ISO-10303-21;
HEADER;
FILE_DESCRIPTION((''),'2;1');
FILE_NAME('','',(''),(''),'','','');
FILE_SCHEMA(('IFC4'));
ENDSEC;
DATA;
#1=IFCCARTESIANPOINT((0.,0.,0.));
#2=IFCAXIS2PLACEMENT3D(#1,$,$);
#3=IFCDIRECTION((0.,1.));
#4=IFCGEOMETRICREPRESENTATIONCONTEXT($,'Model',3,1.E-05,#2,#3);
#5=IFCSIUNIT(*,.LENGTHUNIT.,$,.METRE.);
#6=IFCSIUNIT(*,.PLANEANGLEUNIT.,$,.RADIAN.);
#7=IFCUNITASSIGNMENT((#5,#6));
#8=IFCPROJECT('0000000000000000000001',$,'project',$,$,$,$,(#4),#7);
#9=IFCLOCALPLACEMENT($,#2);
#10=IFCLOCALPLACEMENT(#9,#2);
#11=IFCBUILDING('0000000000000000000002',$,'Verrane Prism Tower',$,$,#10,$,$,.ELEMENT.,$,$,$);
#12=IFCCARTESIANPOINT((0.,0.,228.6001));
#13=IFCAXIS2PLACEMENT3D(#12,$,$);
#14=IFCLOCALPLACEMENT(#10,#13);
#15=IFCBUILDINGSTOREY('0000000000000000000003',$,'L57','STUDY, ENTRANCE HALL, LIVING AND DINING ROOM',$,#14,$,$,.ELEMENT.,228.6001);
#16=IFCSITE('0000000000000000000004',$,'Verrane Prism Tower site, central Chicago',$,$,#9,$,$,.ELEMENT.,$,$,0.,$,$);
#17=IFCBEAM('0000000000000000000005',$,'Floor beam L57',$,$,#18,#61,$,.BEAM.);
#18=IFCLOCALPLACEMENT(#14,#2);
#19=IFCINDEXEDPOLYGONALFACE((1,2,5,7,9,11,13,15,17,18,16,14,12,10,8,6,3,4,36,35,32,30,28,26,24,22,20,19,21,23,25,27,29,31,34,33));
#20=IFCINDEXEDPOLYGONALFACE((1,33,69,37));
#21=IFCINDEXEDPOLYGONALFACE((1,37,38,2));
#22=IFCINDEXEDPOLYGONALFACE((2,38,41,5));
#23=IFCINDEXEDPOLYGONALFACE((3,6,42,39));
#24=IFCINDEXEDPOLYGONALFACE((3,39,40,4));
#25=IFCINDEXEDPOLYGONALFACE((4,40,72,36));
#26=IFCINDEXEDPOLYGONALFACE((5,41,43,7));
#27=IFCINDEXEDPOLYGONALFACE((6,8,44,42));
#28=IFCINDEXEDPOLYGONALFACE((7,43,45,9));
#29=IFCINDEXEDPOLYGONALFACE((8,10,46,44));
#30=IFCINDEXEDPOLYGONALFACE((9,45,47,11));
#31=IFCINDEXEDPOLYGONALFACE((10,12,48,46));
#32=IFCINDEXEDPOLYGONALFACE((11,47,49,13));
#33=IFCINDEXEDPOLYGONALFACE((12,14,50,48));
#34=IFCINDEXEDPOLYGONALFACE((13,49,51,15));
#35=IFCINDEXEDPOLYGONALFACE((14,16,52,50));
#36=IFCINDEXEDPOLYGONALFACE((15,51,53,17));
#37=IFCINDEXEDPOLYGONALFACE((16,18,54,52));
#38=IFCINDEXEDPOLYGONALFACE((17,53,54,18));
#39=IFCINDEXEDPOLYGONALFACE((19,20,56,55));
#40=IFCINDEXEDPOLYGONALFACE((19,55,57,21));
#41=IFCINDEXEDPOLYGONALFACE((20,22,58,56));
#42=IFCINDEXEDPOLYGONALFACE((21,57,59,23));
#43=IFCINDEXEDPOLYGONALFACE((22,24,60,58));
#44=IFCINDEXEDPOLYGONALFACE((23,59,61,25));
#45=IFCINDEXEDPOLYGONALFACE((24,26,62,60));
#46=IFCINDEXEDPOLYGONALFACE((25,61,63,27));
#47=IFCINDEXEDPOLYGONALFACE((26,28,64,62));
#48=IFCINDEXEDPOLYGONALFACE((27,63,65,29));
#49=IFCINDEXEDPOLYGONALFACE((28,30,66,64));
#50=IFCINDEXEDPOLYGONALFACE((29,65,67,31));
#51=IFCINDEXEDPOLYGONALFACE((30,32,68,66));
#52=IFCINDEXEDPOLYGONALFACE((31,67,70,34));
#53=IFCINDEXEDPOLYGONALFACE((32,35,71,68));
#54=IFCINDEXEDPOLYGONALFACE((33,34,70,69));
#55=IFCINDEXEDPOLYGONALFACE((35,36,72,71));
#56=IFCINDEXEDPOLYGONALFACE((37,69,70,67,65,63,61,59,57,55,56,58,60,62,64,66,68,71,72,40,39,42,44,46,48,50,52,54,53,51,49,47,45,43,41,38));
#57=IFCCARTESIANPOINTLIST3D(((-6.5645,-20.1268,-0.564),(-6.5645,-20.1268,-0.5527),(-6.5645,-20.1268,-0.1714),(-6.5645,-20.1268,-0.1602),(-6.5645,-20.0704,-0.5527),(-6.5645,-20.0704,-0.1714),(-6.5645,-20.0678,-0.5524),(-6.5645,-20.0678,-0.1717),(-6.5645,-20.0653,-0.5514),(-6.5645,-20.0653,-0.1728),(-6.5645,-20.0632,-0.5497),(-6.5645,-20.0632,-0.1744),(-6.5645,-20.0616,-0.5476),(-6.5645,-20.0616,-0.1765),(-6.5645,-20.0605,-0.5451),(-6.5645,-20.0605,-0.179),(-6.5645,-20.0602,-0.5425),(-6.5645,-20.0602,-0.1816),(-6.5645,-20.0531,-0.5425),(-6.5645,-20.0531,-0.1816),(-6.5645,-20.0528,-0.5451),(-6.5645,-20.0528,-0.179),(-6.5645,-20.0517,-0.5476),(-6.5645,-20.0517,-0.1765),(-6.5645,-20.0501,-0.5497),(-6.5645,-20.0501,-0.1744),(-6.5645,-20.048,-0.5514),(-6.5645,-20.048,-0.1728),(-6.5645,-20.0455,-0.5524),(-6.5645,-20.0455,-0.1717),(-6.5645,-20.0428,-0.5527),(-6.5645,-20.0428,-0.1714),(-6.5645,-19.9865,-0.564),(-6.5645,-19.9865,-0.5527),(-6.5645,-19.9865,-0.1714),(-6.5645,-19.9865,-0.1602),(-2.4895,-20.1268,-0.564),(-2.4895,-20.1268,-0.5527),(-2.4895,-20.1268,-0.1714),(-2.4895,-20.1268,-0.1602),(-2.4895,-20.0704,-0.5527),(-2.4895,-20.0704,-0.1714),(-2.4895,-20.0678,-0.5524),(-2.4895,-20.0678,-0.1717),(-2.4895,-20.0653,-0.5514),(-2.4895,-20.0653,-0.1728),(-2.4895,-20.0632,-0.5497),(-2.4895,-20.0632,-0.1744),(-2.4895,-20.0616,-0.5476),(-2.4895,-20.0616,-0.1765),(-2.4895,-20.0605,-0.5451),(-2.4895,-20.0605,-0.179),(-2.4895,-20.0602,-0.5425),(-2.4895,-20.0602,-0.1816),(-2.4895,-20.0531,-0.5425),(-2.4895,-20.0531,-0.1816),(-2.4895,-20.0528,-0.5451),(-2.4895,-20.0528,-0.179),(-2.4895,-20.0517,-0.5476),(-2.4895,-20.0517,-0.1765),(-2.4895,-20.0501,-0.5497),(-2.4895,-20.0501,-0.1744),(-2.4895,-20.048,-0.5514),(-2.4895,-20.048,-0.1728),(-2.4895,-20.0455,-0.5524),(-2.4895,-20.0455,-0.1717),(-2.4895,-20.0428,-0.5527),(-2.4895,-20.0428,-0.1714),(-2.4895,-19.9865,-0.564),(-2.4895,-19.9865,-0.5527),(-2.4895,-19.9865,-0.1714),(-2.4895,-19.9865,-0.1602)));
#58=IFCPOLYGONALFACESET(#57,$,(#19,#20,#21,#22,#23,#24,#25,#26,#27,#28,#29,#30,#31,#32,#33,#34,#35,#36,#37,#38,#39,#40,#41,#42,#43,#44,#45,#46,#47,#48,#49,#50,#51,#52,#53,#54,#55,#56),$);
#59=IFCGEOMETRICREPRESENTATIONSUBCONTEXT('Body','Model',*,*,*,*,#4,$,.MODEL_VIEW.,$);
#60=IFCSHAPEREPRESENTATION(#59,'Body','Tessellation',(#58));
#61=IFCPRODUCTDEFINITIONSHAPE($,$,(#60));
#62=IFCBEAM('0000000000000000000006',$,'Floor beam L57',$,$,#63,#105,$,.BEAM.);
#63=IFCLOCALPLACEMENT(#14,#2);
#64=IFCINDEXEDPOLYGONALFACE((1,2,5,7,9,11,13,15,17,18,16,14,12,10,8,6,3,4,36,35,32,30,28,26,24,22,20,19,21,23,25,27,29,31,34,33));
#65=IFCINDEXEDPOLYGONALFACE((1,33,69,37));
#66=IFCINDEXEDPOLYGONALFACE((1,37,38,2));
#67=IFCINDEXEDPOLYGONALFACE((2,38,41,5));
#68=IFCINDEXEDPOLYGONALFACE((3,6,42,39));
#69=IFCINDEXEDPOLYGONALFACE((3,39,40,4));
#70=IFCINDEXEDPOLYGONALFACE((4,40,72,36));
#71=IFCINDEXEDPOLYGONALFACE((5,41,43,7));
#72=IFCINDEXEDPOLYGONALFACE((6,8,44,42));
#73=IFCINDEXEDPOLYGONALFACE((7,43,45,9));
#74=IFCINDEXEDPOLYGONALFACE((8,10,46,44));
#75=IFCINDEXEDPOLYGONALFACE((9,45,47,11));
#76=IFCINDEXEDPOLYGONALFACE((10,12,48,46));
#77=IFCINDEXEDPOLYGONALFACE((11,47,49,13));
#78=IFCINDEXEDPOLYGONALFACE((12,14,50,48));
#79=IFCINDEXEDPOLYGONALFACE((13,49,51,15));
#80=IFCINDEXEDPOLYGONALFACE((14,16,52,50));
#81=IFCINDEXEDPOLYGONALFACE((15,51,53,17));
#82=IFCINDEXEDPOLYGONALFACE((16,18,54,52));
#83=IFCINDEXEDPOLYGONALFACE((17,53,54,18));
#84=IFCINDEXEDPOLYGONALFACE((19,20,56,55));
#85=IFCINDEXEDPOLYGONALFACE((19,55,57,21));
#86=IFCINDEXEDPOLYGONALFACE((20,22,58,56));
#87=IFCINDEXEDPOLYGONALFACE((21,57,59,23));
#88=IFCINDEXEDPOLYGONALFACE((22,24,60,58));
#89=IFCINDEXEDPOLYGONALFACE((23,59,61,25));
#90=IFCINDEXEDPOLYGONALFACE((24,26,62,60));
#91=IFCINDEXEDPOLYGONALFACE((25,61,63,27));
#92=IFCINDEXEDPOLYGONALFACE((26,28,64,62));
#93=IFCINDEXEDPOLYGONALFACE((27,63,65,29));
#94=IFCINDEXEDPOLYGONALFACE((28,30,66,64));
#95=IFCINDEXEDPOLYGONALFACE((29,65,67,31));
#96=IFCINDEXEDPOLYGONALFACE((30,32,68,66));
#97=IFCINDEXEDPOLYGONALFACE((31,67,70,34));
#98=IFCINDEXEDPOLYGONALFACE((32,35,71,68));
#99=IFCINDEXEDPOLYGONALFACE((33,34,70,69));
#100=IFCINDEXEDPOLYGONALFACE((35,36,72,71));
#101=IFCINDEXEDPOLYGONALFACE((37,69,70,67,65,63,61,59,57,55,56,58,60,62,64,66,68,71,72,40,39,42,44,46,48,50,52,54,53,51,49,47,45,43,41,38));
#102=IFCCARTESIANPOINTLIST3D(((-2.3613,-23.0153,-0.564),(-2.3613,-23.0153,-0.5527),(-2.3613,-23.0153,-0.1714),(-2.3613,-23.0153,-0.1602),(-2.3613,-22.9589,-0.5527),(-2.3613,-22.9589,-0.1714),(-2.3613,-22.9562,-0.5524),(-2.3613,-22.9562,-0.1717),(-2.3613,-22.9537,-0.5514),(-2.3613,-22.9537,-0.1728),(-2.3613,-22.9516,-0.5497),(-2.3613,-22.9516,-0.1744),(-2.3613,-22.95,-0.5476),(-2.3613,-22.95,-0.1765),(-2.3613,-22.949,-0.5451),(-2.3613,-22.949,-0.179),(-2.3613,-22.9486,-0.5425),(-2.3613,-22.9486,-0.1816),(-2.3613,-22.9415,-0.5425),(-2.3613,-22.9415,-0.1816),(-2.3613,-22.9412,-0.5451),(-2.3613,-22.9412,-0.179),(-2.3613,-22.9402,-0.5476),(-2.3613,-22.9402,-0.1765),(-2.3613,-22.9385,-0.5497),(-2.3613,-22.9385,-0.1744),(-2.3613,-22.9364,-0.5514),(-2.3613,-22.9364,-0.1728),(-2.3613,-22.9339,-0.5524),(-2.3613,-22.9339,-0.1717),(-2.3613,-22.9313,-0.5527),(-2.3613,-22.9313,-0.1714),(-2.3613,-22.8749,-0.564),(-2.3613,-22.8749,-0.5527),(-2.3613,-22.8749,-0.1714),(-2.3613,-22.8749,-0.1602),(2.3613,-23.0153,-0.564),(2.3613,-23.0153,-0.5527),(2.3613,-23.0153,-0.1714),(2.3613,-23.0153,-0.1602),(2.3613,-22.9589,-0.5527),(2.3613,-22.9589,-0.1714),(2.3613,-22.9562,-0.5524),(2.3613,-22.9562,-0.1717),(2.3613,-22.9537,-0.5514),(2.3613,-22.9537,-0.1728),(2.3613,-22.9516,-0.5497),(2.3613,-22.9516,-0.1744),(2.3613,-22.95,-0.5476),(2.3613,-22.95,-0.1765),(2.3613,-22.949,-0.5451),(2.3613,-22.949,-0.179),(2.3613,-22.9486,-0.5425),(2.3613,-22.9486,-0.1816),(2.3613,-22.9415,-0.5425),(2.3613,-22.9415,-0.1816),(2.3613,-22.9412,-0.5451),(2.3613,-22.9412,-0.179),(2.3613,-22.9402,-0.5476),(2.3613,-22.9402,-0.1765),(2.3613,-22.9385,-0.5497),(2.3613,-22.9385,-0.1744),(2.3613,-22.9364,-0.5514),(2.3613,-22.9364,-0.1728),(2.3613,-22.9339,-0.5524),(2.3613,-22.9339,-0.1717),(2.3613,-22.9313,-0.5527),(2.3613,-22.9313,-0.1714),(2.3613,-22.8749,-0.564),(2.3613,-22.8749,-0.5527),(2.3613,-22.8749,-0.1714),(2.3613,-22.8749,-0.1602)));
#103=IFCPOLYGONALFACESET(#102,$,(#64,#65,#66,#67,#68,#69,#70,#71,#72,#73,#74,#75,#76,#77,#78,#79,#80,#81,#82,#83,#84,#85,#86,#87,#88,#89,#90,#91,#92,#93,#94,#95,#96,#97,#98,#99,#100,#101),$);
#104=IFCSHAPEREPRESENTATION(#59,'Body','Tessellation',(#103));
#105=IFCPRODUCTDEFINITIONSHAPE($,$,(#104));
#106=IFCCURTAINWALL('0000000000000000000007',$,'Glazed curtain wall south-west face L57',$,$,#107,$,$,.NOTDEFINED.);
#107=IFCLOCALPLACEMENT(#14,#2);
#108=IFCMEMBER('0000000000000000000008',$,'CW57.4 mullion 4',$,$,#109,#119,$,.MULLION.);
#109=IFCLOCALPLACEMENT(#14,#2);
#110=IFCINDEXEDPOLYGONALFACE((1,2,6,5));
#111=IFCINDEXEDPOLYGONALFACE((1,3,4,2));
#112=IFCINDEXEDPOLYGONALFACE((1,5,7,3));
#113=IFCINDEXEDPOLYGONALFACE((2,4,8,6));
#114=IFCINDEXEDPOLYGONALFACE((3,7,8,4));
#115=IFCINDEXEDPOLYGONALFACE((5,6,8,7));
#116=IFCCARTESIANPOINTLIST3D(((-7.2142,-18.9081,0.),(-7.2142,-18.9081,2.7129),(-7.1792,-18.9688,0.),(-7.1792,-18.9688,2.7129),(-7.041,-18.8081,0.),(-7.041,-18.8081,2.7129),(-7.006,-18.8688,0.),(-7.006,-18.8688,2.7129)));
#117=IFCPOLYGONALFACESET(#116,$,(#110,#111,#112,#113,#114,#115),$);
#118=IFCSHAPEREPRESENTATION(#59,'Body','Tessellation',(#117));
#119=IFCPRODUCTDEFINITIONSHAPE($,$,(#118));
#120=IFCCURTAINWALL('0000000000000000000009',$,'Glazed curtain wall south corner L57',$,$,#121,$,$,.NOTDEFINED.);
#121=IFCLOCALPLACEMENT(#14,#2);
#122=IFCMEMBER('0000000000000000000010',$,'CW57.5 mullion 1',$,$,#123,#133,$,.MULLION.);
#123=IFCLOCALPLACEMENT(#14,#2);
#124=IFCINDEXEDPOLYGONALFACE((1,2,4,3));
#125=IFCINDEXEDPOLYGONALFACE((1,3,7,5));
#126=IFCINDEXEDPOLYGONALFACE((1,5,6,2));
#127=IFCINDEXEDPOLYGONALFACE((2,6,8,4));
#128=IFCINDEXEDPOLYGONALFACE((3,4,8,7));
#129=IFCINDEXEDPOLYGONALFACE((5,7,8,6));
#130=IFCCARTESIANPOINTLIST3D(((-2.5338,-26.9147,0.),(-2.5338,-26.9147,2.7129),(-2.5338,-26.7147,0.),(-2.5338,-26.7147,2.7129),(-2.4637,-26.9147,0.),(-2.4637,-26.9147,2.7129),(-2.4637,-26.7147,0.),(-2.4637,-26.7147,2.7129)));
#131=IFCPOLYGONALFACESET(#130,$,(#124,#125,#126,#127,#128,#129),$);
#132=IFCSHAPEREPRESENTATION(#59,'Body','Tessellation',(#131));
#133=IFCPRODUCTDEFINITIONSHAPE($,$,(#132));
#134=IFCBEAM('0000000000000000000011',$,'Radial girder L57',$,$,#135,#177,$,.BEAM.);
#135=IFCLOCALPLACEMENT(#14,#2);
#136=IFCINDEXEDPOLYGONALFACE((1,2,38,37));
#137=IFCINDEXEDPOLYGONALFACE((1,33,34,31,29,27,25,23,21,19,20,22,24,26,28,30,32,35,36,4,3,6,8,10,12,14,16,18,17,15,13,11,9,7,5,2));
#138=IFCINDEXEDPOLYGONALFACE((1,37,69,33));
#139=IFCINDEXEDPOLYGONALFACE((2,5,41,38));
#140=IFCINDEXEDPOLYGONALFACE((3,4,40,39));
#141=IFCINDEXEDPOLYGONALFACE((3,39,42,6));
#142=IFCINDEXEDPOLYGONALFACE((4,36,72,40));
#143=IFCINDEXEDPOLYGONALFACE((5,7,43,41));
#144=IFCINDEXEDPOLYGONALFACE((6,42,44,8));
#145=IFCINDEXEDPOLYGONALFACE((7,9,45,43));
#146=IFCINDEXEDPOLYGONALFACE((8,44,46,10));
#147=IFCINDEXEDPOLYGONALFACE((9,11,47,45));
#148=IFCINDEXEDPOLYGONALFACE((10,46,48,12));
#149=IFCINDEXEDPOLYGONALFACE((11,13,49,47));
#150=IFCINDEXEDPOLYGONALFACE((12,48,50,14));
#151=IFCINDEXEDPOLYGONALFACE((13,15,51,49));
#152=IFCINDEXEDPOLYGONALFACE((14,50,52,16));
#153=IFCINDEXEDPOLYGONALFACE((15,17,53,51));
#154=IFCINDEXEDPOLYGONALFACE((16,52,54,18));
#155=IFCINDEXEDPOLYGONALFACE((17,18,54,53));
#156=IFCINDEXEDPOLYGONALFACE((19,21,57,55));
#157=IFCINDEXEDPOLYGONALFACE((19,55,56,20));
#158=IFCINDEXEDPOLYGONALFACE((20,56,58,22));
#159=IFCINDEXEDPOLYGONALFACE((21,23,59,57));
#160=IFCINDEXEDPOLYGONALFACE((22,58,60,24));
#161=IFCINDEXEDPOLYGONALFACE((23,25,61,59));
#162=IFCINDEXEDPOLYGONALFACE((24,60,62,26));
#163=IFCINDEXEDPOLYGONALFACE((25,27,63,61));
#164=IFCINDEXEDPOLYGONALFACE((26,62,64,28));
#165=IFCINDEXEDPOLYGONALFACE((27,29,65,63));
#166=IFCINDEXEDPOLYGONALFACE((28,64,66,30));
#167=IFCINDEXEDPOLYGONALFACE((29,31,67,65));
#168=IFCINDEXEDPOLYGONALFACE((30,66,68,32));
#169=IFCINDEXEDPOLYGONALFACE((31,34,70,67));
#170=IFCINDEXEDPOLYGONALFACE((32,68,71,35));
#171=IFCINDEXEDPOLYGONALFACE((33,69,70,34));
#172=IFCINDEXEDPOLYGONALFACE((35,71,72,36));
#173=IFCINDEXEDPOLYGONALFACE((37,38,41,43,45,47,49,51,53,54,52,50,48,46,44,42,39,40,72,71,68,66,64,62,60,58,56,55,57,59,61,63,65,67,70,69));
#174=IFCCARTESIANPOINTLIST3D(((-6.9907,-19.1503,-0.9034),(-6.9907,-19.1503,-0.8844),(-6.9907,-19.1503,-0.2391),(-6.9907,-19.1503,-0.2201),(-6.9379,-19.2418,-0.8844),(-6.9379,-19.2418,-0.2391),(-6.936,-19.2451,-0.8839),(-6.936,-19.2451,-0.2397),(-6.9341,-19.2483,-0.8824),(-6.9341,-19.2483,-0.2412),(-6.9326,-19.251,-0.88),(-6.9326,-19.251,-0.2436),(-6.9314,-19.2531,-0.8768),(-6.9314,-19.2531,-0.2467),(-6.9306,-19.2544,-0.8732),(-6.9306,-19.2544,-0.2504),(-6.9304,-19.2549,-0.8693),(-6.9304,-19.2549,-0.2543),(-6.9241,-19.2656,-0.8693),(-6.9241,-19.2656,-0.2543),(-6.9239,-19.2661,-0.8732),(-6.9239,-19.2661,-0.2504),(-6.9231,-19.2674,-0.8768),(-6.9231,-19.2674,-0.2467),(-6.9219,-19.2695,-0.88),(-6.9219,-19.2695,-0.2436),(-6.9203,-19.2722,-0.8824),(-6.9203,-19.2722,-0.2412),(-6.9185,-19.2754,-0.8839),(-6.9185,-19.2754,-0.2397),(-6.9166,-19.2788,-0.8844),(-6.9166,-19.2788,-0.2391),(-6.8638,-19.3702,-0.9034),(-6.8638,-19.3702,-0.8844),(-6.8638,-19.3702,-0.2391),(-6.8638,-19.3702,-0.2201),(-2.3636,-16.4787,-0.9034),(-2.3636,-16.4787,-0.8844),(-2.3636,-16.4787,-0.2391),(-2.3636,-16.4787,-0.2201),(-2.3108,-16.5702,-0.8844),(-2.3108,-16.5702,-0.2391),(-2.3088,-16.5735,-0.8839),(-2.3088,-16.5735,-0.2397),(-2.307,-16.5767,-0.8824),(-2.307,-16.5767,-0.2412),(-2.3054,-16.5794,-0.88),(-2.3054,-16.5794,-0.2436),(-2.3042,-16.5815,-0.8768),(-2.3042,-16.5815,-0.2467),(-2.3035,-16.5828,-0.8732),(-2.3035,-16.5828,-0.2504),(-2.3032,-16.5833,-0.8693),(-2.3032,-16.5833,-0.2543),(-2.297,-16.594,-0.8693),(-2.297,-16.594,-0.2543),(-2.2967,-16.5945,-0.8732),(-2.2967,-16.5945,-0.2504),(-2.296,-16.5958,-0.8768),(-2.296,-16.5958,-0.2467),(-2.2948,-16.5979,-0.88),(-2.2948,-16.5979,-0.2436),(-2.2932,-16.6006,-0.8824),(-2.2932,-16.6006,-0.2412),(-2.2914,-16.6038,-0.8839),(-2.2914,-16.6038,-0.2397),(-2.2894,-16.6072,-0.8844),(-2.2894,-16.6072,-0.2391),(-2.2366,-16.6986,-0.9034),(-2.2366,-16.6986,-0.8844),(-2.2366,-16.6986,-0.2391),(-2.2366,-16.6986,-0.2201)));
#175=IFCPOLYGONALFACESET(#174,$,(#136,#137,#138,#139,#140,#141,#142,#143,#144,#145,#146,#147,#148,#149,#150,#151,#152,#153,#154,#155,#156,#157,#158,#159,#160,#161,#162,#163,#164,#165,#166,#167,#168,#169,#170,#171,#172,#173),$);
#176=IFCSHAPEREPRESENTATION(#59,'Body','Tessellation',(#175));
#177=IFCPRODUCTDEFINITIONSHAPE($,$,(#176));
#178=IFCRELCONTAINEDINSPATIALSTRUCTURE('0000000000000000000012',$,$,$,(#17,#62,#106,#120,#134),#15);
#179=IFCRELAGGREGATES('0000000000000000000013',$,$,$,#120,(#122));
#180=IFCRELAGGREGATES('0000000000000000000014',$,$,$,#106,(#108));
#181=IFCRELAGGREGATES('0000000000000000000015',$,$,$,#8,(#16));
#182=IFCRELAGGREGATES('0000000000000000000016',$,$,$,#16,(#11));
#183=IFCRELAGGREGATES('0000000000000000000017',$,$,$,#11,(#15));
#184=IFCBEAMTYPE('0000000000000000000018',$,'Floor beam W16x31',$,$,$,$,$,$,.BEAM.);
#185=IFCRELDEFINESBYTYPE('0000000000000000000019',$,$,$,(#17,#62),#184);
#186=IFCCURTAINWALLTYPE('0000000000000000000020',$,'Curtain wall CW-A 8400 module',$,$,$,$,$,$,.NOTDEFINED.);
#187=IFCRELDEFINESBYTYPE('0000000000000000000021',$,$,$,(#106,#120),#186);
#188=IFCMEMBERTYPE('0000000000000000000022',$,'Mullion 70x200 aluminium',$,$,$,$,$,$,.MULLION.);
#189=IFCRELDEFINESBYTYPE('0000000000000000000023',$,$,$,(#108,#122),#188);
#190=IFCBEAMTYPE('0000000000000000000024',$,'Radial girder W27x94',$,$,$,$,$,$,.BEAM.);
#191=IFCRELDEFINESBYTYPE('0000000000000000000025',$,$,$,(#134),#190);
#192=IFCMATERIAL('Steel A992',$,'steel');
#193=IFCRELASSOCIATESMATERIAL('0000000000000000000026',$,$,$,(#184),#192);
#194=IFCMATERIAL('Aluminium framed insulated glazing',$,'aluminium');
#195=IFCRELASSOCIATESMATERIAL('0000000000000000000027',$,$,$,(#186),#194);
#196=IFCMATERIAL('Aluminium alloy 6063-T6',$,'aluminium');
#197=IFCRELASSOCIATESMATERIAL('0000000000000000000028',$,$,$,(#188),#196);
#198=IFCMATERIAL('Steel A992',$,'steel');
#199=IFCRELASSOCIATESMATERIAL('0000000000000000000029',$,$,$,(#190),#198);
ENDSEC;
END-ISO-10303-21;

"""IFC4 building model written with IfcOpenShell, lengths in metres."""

from ifc_helpers import new_model, si_unit, direction, frame, origin, origin_2d, place, context, subcontext, project, spatial, rectangle, i_section, extrude, material, material_profile, profile_set, type_object, element, aggregate, save


model = new_model("IFC4")

# Units and contexts
model_context = context("Model", 3, precision=1e-05, world=origin(), true_north=direction((0.0, 1.0)))
body_context = subcontext(model_context, "Body", "Model", "MODEL_VIEW")
ifc_project = project(units=[si_unit("LENGTHUNIT", "METRE"), si_unit("PLANEANGLEUNIT", "RADIAN")], contexts=[model_context])

# Site, building, storey
site_placement = place(None, origin())
site = spatial("IfcSite", under=ifc_project, at=site_placement, Name="Verrane Prism Tower site, central Chicago", CompositionType="ELEMENT", RefElevation=0.0)
building_placement = place(site_placement, origin())
building = spatial("IfcBuilding", under=site, at=building_placement, Name="Verrane Prism Tower", CompositionType="ELEMENT")
storey_placement = place(building_placement, frame((0.0, 0.0, 228.6001)))
storey = spatial("IfcBuildingStorey", under=building, at=storey_placement, Name="L57", Description="STUDY, ENTRANCE HALL, LIVING AND DINING ROOM", CompositionType="ELEMENT", Elevation=228.6001)

# Beams
ifc_material_1 = material(Name="Steel A992", Category="steel")
ifc_material_profile_1 = material_profile(ifc_material_1, i_section(OverallWidth=0.1404, OverallDepth=0.4038, WebThickness=0.0071, FlangeThickness=0.0112, FilletRadius=0.0103, at=origin_2d()), Name="W16x31")
ifc_profile_set_1 = profile_set([ifc_material_profile_1], Name="Steel A992")
beam_type_1 = type_object("IfcBeamType", Name="Floor beam W16x31", PredefinedType="BEAM", material=ifc_profile_set_1)
beam_1_placement = place(storey_placement, frame((-6.5645, -20.0566, -0.3621), z_axis=(1.0, 0.0, 0.0), x_axis=(0.0, 1.0, 0.0)))
element("IfcBeam", 1, at=beam_1_placement, inside=storey, type_object=beam_type_1, Name="Floor beam L57", PredefinedType="BEAM", context=body_context, shape_type="SweptSolid", body=[
    extrude(i_section(OverallWidth=0.1404, OverallDepth=0.4038, WebThickness=0.0071, FlangeThickness=0.0112, FilletRadius=0.0103, at=origin_2d()), origin(), (0.0, 0.0, 1.0), 4.075),
])
beam_2_placement = place(storey_placement, frame((-2.3613, -22.9451, -0.3621), z_axis=(1.0, 0.0, 0.0), x_axis=(0.0, 1.0, 0.0)))
element("IfcBeam", 2, at=beam_2_placement, inside=storey, type_object=beam_type_1, Name="Floor beam L57", PredefinedType="BEAM", context=body_context, shape_type="SweptSolid", body=[
    extrude(i_section(OverallWidth=0.1404, OverallDepth=0.4038, WebThickness=0.0071, FlangeThickness=0.0112, FilletRadius=0.0103, at=origin_2d()), origin(), (0.0, 0.0, 1.0), 4.7227),
])

# Curtain walls, members
ifc_material_2 = material(Name="Aluminium framed insulated glazing", Category="aluminium")
curtain_wall_type = type_object("IfcCurtainWallType", Name="Curtain wall CW-A 8400 module", PredefinedType="NOTDEFINED", material=ifc_material_2)
curtain_wall_1_placement = place(storey_placement, origin())
curtain_wall_1 = element("IfcCurtainWall", 3, at=curtain_wall_1_placement, inside=storey, type_object=curtain_wall_type, Name="Glazed curtain wall south-west face L57", PredefinedType="NOTDEFINED")
ifc_material_3 = material(Name="Aluminium alloy 6063-T6", Category="aluminium")
ifc_material_profile_2 = material_profile(ifc_material_3, rectangle(XDim=0.2, YDim=0.0701, at=origin_2d()), Name="Mullion 70x200 aluminium")
ifc_profile_set_2 = profile_set([ifc_material_profile_2], Name="Aluminium alloy 6063-T6")
member_type_1 = type_object("IfcMemberType", Name="Mullion 70x200 aluminium", PredefinedType="MULLION", material=ifc_profile_set_2)
member_1_placement = place(storey_placement, frame((-7.1101, -18.8884, 0.0), z_axis=(0.0, 0.0, 1.0), x_axis=(0.866025, 0.5, 0.0)))
member_1 = element("IfcMember", 4, at=member_1_placement, type_object=member_type_1, Name="CW57.4 mullion 4", PredefinedType="MULLION", context=body_context, shape_type="SweptSolid", body=[
    extrude(rectangle(XDim=0.2, YDim=0.0701, at=origin_2d()), origin(), (0.0, 0.0, 1.0), 2.7129),
])
curtain_wall_2_placement = place(storey_placement, origin())
curtain_wall_2 = element("IfcCurtainWall", 5, at=curtain_wall_2_placement, inside=storey, type_object=curtain_wall_type, Name="Glazed curtain wall south corner L57", PredefinedType="NOTDEFINED")
member_2_placement = place(storey_placement, frame((-2.4988, -26.8147, 0.0), z_axis=(0.0, 0.0, 1.0), x_axis=(0.0, 1.0, 0.0)))
member_2 = element("IfcMember", 6, at=member_2_placement, type_object=member_type_1, Name="CW57.5 mullion 1", PredefinedType="MULLION", context=body_context, shape_type="SweptSolid", body=[
    extrude(rectangle(XDim=0.2, YDim=0.0701, at=origin_2d()), origin(), (0.0, 0.0, 1.0), 2.7129),
])

# Beam
ifc_material_4 = material(Name="Steel A992", Category="steel")
ifc_material_profile_3 = material_profile(ifc_material_4, i_section(OverallWidth=0.2539, OverallDepth=0.6833, WebThickness=0.0125, FlangeThickness=0.019, FilletRadius=0.0151, at=origin_2d()), Name="W27x94")
ifc_profile_set_3 = profile_set([ifc_material_profile_3], Name="Steel A992")
beam_type_2 = type_object("IfcBeamType", Name="Radial girder W27x94", PredefinedType="BEAM", material=ifc_profile_set_3)
beam_3_placement = place(storey_placement, frame((-6.9272, -19.2603, -0.5618), z_axis=(0.866016, 0.500016, 0.0), x_axis=(-0.500016, 0.866016, 0.0)))
element("IfcBeam", 7, at=beam_3_placement, inside=storey, type_object=beam_type_2, Name="Radial girder L57", PredefinedType="BEAM", context=body_context, shape_type="SweptSolid", body=[
    extrude(i_section(OverallWidth=0.2539, OverallDepth=0.6833, WebThickness=0.0125, FlangeThickness=0.019, FilletRadius=0.0151, at=origin_2d()), origin(), (0.0, 0.0, 1.0), 5.343),
])

aggregate(curtain_wall_2, [member_2])

aggregate(curtain_wall_1, [member_1])

save(model, "model.ifc")
